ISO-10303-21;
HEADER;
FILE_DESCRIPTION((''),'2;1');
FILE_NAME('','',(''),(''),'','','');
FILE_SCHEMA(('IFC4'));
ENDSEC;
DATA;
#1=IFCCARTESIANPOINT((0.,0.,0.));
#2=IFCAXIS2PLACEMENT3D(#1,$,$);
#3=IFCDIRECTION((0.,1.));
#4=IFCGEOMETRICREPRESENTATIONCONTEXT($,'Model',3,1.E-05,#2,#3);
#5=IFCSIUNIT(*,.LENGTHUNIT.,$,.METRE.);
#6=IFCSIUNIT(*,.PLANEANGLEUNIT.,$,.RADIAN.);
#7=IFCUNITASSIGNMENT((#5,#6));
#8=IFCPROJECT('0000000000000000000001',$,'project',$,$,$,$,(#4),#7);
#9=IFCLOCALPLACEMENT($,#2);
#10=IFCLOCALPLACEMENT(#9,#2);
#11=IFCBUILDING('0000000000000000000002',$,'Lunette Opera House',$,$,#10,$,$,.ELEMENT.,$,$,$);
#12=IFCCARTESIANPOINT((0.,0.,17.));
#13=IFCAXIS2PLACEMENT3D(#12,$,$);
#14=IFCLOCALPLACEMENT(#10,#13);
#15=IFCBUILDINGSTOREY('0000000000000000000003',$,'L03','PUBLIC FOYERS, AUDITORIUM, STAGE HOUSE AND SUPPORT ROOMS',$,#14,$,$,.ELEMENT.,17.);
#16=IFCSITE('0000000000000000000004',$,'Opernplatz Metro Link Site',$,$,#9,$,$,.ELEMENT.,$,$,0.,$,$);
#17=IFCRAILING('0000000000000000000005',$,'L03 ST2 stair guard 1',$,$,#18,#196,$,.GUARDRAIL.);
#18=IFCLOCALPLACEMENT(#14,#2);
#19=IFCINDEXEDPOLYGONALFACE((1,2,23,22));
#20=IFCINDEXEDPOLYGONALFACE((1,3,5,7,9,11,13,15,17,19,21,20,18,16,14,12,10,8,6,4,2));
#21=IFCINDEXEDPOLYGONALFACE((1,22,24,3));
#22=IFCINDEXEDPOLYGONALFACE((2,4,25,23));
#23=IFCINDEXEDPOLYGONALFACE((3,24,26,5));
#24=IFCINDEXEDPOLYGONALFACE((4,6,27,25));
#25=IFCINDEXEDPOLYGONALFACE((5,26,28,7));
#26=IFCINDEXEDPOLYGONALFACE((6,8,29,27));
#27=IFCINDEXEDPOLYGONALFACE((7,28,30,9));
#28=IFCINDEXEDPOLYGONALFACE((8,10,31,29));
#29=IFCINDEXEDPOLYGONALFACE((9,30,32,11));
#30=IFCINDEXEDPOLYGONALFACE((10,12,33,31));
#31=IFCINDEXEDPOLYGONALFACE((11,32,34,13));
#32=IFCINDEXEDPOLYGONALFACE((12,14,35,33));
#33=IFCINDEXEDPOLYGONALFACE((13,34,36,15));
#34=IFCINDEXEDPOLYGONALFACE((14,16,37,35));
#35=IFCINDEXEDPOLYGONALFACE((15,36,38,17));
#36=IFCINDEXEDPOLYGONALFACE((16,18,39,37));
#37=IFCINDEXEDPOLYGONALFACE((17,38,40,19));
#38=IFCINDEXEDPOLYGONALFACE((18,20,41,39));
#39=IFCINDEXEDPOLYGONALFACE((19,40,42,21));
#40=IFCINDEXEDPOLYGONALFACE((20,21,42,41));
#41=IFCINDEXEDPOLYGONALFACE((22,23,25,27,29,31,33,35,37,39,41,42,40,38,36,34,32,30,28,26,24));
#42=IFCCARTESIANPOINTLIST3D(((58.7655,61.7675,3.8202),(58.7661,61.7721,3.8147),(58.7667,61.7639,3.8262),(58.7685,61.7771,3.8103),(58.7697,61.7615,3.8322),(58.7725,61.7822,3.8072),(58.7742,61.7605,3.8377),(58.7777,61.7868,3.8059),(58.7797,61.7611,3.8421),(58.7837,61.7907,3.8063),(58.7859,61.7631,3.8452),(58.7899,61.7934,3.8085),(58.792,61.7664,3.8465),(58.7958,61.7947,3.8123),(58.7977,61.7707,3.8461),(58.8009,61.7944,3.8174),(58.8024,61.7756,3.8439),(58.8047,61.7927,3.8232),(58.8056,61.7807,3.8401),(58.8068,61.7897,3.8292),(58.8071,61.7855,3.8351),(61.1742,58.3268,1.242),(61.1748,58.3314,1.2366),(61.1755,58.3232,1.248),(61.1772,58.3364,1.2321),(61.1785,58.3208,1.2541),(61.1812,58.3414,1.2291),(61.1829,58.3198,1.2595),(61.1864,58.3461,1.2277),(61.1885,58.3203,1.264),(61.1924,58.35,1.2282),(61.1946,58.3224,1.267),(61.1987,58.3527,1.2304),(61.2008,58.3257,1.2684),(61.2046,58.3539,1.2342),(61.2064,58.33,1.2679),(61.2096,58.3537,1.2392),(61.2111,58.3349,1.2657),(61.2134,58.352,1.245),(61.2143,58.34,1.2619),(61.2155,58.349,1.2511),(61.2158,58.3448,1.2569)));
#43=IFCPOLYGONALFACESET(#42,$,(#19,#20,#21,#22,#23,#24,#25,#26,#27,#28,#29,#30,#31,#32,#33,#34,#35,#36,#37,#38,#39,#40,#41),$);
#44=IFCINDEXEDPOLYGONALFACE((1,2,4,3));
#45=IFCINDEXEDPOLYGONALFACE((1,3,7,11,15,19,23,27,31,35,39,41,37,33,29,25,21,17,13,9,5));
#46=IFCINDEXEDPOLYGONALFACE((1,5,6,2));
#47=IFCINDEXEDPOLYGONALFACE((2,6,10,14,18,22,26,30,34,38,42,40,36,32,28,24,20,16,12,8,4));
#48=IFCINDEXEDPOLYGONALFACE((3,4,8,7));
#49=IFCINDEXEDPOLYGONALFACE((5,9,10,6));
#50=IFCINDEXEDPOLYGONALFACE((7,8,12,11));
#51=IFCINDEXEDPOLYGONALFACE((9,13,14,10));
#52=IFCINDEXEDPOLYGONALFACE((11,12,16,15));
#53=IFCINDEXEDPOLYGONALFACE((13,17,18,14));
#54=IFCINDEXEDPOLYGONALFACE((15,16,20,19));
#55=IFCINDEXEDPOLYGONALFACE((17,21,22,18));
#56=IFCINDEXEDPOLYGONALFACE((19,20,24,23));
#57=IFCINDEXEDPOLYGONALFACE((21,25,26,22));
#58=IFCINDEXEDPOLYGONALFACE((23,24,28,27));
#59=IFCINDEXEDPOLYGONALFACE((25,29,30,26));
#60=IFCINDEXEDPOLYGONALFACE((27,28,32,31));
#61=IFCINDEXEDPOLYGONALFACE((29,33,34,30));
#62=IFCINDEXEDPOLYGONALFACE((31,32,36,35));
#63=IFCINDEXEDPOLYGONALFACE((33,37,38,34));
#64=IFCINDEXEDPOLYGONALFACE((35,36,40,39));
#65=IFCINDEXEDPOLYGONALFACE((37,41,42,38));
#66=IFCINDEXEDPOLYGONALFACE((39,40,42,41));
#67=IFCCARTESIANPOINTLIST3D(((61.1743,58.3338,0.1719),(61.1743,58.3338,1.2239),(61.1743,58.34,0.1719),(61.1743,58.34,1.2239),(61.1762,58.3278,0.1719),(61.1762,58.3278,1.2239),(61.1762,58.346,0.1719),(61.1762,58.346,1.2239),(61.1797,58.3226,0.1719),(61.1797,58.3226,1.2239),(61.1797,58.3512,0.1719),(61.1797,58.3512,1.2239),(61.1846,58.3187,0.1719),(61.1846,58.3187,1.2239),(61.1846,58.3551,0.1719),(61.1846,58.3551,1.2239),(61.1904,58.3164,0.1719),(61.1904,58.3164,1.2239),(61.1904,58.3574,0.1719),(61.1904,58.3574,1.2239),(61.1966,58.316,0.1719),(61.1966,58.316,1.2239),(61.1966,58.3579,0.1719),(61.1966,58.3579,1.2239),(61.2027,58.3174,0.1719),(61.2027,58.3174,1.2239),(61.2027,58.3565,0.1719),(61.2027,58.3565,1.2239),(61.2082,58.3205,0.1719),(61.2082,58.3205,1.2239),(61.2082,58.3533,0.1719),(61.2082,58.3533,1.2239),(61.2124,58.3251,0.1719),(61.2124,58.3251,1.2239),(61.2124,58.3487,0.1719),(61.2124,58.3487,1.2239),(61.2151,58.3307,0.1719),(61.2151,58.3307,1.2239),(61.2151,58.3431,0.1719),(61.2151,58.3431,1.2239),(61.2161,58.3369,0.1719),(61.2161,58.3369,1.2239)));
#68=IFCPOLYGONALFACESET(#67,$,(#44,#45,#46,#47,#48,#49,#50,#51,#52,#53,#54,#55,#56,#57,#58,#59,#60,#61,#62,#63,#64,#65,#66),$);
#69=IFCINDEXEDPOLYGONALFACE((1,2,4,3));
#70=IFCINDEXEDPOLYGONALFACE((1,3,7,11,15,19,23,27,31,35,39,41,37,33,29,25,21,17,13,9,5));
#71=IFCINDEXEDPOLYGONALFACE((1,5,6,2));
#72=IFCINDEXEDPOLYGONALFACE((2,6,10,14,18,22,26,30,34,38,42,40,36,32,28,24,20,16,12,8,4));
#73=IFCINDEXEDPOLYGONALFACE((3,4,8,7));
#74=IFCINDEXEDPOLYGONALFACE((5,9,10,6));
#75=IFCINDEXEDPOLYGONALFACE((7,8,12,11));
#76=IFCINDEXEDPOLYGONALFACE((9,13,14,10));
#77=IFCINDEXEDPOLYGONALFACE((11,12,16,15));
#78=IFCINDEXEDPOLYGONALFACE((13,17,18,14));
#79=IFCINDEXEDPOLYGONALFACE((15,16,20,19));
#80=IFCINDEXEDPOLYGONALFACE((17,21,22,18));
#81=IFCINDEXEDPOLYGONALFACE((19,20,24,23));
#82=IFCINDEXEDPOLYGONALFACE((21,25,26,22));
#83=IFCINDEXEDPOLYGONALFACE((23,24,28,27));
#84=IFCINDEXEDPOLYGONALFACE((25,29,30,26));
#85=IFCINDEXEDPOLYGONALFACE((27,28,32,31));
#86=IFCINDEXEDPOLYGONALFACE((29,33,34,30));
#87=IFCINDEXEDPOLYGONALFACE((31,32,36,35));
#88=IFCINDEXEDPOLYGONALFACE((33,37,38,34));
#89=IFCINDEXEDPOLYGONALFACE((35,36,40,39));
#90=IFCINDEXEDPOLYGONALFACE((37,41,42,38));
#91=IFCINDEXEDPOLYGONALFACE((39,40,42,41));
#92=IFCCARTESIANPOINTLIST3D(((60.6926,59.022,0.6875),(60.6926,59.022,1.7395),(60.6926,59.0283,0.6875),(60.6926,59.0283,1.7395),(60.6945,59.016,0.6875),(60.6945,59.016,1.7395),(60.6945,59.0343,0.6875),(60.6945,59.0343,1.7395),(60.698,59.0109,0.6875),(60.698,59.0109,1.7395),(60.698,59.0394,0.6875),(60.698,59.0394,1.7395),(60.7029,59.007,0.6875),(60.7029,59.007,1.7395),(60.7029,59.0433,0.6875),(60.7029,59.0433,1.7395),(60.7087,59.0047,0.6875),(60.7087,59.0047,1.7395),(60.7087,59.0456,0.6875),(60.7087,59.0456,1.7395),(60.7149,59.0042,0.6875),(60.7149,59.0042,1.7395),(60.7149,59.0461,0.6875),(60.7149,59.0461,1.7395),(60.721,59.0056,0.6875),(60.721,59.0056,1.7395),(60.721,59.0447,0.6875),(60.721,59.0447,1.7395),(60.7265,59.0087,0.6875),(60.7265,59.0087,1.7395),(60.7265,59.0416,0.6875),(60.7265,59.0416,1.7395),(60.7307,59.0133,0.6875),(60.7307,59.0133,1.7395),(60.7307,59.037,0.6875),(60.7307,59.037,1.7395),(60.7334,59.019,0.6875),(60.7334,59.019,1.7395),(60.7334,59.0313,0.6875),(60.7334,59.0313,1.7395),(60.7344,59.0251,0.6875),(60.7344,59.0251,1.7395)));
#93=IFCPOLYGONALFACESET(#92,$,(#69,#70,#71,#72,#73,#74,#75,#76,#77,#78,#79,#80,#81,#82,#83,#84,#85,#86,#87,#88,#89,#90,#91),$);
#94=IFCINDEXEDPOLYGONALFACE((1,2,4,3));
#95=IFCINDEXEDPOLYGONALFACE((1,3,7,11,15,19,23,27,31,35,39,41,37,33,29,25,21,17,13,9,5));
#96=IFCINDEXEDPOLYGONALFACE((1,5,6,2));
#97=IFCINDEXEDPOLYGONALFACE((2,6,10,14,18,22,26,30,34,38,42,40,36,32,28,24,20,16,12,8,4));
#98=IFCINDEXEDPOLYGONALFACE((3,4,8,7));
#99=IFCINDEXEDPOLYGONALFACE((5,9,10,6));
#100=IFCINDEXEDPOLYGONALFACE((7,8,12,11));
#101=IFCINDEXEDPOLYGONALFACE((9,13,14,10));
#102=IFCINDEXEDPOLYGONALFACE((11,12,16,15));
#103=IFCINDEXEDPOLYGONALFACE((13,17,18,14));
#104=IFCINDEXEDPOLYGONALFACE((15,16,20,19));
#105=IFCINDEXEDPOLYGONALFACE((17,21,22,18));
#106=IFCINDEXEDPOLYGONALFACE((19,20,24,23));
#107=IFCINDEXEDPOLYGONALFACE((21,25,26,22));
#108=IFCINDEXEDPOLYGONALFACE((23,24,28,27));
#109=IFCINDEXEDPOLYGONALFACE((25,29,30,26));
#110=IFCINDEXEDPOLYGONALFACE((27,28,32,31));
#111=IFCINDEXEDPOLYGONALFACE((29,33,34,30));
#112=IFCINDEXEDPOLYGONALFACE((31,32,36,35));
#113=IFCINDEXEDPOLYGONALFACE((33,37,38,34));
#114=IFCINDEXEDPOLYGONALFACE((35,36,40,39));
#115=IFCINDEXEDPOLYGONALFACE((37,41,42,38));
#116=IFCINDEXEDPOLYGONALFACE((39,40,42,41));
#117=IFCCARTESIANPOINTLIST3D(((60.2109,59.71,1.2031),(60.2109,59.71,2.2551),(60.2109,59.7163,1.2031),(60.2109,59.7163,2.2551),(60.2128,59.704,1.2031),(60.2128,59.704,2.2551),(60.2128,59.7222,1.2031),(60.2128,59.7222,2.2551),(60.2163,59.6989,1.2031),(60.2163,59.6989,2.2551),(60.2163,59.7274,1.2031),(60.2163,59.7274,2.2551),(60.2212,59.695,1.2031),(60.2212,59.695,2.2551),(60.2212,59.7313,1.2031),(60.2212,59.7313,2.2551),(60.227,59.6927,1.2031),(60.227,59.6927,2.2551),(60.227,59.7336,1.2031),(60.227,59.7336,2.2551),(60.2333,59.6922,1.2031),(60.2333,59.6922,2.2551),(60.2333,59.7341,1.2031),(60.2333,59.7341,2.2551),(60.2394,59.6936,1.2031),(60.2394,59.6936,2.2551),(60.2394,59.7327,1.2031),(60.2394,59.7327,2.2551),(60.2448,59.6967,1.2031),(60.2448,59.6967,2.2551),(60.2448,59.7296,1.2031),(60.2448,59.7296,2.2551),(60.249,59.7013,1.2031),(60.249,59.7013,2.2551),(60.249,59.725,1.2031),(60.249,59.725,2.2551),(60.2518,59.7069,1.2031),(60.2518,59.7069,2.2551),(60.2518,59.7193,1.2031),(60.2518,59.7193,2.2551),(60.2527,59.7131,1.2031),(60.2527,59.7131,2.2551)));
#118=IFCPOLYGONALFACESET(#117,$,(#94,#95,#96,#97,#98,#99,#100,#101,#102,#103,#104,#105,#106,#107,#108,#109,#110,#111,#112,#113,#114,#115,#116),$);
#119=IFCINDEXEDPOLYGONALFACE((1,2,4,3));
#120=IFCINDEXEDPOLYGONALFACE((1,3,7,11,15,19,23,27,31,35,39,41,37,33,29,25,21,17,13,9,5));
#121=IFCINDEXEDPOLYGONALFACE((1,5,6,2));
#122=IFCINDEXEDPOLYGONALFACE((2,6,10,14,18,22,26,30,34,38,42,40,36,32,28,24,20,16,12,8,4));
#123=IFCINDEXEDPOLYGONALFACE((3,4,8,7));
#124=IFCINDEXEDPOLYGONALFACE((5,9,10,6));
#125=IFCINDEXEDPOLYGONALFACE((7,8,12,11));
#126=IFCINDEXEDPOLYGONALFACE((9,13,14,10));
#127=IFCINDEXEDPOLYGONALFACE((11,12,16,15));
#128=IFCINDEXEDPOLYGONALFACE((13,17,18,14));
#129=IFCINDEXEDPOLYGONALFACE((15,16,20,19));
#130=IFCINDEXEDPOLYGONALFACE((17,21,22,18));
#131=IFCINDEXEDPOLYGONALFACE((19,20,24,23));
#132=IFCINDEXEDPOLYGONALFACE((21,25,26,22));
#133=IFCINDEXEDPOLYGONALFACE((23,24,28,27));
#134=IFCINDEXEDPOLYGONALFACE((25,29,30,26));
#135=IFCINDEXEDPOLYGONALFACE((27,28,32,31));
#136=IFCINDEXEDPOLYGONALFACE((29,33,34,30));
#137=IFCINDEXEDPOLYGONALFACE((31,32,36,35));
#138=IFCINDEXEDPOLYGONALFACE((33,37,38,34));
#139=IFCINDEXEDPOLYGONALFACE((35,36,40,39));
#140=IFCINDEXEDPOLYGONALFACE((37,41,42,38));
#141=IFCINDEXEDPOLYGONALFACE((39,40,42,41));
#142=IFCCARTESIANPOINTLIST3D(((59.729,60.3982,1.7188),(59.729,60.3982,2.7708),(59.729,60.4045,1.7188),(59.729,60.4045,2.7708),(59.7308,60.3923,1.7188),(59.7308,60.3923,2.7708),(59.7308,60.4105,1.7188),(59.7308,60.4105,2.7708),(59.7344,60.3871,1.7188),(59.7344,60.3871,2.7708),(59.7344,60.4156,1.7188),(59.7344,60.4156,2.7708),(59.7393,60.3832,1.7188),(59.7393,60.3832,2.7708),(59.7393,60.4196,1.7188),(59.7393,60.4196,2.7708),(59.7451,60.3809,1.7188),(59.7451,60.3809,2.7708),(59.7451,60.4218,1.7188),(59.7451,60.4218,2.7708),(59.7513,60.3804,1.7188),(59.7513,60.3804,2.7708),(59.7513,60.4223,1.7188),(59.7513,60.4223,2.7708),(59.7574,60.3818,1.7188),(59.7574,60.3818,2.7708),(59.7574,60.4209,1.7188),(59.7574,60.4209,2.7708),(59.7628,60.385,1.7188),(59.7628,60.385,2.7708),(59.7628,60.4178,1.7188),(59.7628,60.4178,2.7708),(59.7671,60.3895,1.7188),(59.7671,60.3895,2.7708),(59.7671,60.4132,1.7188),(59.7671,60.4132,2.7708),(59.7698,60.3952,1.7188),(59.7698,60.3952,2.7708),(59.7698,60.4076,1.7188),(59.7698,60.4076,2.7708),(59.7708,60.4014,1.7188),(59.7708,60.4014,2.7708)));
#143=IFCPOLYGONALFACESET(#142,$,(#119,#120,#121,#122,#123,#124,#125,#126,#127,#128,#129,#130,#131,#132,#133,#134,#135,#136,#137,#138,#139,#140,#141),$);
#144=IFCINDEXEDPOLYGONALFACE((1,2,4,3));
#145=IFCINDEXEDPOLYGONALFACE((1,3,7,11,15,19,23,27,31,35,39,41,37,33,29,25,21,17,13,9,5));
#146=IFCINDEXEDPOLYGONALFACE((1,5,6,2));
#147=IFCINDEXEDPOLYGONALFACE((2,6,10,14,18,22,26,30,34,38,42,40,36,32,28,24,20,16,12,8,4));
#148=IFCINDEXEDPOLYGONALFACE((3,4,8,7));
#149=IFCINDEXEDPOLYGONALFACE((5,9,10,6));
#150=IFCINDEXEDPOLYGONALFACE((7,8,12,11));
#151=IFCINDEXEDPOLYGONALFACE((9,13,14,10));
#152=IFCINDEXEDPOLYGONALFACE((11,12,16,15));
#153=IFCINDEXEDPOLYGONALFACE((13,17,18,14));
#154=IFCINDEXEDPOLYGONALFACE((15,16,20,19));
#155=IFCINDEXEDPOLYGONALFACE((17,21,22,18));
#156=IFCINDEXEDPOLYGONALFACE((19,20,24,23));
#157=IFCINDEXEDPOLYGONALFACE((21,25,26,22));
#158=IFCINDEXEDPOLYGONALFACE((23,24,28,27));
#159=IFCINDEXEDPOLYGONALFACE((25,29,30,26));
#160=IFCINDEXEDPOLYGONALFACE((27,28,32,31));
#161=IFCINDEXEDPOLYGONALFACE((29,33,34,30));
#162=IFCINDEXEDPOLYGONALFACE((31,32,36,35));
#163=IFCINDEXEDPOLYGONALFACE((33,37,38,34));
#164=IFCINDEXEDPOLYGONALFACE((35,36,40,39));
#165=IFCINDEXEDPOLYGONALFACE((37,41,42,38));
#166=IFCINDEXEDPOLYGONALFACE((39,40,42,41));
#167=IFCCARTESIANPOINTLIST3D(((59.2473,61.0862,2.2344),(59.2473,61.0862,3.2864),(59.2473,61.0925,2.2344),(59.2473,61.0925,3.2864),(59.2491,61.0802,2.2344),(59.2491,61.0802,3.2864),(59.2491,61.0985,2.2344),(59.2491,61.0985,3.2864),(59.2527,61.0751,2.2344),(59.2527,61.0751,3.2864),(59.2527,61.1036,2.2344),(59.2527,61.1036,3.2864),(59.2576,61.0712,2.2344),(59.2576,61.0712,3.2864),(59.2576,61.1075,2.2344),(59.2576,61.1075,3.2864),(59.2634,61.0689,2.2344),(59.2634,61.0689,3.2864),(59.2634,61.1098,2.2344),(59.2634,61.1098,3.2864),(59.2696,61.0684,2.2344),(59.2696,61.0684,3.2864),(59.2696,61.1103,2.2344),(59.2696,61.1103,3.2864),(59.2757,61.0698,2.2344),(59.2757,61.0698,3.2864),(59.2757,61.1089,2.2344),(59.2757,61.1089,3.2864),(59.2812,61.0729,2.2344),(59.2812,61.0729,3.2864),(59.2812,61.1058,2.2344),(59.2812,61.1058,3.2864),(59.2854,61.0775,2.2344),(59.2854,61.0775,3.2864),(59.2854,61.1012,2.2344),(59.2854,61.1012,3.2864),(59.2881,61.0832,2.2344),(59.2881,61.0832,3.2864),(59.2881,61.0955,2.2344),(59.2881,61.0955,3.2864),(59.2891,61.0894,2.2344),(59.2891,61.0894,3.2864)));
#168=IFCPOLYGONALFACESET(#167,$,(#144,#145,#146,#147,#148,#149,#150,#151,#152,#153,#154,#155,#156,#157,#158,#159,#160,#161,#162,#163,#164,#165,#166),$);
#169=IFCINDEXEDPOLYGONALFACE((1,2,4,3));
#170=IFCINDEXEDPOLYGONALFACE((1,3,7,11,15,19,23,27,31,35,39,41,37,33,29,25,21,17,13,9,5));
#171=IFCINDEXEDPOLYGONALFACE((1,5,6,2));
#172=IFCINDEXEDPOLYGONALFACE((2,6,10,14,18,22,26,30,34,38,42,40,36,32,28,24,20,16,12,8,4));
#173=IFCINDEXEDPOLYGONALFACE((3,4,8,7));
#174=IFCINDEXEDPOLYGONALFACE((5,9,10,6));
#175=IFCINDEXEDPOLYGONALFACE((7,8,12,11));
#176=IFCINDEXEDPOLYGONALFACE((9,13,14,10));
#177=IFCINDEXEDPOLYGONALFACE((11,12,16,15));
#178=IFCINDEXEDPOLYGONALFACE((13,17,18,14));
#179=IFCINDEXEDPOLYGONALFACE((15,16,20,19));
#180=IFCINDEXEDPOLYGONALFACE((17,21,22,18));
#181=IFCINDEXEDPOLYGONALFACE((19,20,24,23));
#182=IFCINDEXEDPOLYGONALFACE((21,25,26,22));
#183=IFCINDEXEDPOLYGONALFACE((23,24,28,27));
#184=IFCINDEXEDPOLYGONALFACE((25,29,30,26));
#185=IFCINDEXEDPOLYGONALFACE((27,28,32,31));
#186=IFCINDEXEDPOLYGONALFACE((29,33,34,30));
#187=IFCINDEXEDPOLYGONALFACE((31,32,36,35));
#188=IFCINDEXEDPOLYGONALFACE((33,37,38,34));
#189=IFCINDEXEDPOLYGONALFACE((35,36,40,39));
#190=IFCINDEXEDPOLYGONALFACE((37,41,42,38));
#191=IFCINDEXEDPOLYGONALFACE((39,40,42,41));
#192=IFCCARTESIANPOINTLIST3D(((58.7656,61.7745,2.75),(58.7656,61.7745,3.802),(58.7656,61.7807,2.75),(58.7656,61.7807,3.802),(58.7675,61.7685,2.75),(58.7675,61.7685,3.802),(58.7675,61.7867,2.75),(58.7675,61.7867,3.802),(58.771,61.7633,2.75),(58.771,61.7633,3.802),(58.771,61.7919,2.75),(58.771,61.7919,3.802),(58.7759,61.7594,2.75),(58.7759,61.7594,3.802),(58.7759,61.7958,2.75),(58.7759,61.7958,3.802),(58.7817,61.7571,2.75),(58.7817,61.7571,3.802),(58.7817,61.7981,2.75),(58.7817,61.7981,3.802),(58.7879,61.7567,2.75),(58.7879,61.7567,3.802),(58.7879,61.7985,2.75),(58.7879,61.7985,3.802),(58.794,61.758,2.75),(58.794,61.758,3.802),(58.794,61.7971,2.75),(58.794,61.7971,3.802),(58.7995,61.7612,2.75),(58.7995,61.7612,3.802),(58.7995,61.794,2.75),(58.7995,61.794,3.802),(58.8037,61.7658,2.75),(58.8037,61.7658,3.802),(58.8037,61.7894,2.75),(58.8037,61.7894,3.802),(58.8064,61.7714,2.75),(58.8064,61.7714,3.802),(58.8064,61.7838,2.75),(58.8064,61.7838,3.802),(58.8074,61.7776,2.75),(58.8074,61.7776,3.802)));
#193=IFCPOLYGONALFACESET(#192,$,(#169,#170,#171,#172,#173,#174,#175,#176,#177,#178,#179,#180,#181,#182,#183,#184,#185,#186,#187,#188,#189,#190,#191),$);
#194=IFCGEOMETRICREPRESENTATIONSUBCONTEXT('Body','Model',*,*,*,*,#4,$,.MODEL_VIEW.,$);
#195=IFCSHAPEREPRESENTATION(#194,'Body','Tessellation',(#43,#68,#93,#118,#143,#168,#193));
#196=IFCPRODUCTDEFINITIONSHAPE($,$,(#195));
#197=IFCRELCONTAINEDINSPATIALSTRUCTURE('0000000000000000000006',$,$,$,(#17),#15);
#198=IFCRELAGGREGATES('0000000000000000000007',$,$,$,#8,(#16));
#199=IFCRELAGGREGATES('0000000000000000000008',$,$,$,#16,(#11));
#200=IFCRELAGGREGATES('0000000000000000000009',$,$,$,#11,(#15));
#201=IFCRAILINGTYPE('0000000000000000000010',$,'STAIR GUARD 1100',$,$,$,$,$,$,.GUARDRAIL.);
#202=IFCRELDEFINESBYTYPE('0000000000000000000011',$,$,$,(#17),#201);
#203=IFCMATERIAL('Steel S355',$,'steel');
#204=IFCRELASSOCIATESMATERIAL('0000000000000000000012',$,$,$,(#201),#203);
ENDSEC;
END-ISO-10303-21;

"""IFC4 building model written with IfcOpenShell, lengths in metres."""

from ifc_helpers import new_model, si_unit, direction, frame, origin, origin_2d, place, context, subcontext, project, spatial, circle, extrude, material, type_object, element, save


model = new_model("IFC4")

# Units and contexts
model_context = context("Model", 3, precision=1e-05, world=origin(), true_north=direction((0.0, 1.0)))
body_context = subcontext(model_context, "Body", "Model", "MODEL_VIEW")
ifc_project = project(units=[si_unit("LENGTHUNIT", "METRE"), si_unit("PLANEANGLEUNIT", "RADIAN")], contexts=[model_context])

# Site, building, storey
site_placement = place(None, origin())
site = spatial("IfcSite", under=ifc_project, at=site_placement, Name="Opernplatz Metro Link Site", CompositionType="ELEMENT", RefElevation=0.0)
building_placement = place(site_placement, origin())
building = spatial("IfcBuilding", under=site, at=building_placement, Name="Lunette Opera House", CompositionType="ELEMENT")
storey_placement = place(building_placement, frame((0.0, 0.0, 17.0)))
storey = spatial("IfcBuildingStorey", under=building, at=storey_placement, Name="L03", Description="PUBLIC FOYERS, AUDITORIUM, STAGE HOUSE AND SUPPORT ROOMS", CompositionType="ELEMENT", Elevation=17.0)

# Railing
ifc_material_1 = material(Name="Steel S355", Category="steel")
railing_type = type_object("IfcRailingType", Name="STAIR GUARD 1100", PredefinedType="GUARDRAIL", material=ifc_material_1)
railing_1_placement = place(storey_placement, frame((61.1951, 58.3369, 0.1719)))
element("IfcRailing", 1, at=railing_1_placement, inside=storey, type_object=railing_type, Name="L03 ST2 stair guard 1", PredefinedType="GUARDRAIL", context=body_context, shape_type="SweptSolid", body=[
    extrude(circle(Radius=0.0239, at=origin_2d()), frame((0.0, 0.0, 1.0762), z_axis=(-0.488761, 0.698166, 0.523142), x_axis=(-0.819207, -0.573497, 0.0)), (0.0, 0.0, 1.0), 4.9282),
    extrude(circle(Radius=0.021, at=origin_2d()), origin(), (0.0, 0.0, 1.0), 1.052),
    extrude(circle(Radius=0.021, at=origin_2d()), frame((-0.4817, 0.6882, 0.5156)), (0.0, 0.0, 1.0), 1.052),
    extrude(circle(Radius=0.021, at=origin_2d()), frame((-0.9634, 1.3762, 1.0312)), (0.0, 0.0, 1.0), 1.052),
    extrude(circle(Radius=0.021, at=origin_2d()), frame((-1.4453, 2.0645, 1.5469)), (0.0, 0.0, 1.0), 1.052),
    extrude(circle(Radius=0.021, at=origin_2d()), frame((-1.927, 2.7524, 2.0625)), (0.0, 0.0, 1.0), 1.052),
    extrude(circle(Radius=0.021, at=origin_2d()), frame((-2.4087, 3.4407, 2.5781)), (0.0, 0.0, 1.0), 1.052),
])

save(model, "model.ifc")
